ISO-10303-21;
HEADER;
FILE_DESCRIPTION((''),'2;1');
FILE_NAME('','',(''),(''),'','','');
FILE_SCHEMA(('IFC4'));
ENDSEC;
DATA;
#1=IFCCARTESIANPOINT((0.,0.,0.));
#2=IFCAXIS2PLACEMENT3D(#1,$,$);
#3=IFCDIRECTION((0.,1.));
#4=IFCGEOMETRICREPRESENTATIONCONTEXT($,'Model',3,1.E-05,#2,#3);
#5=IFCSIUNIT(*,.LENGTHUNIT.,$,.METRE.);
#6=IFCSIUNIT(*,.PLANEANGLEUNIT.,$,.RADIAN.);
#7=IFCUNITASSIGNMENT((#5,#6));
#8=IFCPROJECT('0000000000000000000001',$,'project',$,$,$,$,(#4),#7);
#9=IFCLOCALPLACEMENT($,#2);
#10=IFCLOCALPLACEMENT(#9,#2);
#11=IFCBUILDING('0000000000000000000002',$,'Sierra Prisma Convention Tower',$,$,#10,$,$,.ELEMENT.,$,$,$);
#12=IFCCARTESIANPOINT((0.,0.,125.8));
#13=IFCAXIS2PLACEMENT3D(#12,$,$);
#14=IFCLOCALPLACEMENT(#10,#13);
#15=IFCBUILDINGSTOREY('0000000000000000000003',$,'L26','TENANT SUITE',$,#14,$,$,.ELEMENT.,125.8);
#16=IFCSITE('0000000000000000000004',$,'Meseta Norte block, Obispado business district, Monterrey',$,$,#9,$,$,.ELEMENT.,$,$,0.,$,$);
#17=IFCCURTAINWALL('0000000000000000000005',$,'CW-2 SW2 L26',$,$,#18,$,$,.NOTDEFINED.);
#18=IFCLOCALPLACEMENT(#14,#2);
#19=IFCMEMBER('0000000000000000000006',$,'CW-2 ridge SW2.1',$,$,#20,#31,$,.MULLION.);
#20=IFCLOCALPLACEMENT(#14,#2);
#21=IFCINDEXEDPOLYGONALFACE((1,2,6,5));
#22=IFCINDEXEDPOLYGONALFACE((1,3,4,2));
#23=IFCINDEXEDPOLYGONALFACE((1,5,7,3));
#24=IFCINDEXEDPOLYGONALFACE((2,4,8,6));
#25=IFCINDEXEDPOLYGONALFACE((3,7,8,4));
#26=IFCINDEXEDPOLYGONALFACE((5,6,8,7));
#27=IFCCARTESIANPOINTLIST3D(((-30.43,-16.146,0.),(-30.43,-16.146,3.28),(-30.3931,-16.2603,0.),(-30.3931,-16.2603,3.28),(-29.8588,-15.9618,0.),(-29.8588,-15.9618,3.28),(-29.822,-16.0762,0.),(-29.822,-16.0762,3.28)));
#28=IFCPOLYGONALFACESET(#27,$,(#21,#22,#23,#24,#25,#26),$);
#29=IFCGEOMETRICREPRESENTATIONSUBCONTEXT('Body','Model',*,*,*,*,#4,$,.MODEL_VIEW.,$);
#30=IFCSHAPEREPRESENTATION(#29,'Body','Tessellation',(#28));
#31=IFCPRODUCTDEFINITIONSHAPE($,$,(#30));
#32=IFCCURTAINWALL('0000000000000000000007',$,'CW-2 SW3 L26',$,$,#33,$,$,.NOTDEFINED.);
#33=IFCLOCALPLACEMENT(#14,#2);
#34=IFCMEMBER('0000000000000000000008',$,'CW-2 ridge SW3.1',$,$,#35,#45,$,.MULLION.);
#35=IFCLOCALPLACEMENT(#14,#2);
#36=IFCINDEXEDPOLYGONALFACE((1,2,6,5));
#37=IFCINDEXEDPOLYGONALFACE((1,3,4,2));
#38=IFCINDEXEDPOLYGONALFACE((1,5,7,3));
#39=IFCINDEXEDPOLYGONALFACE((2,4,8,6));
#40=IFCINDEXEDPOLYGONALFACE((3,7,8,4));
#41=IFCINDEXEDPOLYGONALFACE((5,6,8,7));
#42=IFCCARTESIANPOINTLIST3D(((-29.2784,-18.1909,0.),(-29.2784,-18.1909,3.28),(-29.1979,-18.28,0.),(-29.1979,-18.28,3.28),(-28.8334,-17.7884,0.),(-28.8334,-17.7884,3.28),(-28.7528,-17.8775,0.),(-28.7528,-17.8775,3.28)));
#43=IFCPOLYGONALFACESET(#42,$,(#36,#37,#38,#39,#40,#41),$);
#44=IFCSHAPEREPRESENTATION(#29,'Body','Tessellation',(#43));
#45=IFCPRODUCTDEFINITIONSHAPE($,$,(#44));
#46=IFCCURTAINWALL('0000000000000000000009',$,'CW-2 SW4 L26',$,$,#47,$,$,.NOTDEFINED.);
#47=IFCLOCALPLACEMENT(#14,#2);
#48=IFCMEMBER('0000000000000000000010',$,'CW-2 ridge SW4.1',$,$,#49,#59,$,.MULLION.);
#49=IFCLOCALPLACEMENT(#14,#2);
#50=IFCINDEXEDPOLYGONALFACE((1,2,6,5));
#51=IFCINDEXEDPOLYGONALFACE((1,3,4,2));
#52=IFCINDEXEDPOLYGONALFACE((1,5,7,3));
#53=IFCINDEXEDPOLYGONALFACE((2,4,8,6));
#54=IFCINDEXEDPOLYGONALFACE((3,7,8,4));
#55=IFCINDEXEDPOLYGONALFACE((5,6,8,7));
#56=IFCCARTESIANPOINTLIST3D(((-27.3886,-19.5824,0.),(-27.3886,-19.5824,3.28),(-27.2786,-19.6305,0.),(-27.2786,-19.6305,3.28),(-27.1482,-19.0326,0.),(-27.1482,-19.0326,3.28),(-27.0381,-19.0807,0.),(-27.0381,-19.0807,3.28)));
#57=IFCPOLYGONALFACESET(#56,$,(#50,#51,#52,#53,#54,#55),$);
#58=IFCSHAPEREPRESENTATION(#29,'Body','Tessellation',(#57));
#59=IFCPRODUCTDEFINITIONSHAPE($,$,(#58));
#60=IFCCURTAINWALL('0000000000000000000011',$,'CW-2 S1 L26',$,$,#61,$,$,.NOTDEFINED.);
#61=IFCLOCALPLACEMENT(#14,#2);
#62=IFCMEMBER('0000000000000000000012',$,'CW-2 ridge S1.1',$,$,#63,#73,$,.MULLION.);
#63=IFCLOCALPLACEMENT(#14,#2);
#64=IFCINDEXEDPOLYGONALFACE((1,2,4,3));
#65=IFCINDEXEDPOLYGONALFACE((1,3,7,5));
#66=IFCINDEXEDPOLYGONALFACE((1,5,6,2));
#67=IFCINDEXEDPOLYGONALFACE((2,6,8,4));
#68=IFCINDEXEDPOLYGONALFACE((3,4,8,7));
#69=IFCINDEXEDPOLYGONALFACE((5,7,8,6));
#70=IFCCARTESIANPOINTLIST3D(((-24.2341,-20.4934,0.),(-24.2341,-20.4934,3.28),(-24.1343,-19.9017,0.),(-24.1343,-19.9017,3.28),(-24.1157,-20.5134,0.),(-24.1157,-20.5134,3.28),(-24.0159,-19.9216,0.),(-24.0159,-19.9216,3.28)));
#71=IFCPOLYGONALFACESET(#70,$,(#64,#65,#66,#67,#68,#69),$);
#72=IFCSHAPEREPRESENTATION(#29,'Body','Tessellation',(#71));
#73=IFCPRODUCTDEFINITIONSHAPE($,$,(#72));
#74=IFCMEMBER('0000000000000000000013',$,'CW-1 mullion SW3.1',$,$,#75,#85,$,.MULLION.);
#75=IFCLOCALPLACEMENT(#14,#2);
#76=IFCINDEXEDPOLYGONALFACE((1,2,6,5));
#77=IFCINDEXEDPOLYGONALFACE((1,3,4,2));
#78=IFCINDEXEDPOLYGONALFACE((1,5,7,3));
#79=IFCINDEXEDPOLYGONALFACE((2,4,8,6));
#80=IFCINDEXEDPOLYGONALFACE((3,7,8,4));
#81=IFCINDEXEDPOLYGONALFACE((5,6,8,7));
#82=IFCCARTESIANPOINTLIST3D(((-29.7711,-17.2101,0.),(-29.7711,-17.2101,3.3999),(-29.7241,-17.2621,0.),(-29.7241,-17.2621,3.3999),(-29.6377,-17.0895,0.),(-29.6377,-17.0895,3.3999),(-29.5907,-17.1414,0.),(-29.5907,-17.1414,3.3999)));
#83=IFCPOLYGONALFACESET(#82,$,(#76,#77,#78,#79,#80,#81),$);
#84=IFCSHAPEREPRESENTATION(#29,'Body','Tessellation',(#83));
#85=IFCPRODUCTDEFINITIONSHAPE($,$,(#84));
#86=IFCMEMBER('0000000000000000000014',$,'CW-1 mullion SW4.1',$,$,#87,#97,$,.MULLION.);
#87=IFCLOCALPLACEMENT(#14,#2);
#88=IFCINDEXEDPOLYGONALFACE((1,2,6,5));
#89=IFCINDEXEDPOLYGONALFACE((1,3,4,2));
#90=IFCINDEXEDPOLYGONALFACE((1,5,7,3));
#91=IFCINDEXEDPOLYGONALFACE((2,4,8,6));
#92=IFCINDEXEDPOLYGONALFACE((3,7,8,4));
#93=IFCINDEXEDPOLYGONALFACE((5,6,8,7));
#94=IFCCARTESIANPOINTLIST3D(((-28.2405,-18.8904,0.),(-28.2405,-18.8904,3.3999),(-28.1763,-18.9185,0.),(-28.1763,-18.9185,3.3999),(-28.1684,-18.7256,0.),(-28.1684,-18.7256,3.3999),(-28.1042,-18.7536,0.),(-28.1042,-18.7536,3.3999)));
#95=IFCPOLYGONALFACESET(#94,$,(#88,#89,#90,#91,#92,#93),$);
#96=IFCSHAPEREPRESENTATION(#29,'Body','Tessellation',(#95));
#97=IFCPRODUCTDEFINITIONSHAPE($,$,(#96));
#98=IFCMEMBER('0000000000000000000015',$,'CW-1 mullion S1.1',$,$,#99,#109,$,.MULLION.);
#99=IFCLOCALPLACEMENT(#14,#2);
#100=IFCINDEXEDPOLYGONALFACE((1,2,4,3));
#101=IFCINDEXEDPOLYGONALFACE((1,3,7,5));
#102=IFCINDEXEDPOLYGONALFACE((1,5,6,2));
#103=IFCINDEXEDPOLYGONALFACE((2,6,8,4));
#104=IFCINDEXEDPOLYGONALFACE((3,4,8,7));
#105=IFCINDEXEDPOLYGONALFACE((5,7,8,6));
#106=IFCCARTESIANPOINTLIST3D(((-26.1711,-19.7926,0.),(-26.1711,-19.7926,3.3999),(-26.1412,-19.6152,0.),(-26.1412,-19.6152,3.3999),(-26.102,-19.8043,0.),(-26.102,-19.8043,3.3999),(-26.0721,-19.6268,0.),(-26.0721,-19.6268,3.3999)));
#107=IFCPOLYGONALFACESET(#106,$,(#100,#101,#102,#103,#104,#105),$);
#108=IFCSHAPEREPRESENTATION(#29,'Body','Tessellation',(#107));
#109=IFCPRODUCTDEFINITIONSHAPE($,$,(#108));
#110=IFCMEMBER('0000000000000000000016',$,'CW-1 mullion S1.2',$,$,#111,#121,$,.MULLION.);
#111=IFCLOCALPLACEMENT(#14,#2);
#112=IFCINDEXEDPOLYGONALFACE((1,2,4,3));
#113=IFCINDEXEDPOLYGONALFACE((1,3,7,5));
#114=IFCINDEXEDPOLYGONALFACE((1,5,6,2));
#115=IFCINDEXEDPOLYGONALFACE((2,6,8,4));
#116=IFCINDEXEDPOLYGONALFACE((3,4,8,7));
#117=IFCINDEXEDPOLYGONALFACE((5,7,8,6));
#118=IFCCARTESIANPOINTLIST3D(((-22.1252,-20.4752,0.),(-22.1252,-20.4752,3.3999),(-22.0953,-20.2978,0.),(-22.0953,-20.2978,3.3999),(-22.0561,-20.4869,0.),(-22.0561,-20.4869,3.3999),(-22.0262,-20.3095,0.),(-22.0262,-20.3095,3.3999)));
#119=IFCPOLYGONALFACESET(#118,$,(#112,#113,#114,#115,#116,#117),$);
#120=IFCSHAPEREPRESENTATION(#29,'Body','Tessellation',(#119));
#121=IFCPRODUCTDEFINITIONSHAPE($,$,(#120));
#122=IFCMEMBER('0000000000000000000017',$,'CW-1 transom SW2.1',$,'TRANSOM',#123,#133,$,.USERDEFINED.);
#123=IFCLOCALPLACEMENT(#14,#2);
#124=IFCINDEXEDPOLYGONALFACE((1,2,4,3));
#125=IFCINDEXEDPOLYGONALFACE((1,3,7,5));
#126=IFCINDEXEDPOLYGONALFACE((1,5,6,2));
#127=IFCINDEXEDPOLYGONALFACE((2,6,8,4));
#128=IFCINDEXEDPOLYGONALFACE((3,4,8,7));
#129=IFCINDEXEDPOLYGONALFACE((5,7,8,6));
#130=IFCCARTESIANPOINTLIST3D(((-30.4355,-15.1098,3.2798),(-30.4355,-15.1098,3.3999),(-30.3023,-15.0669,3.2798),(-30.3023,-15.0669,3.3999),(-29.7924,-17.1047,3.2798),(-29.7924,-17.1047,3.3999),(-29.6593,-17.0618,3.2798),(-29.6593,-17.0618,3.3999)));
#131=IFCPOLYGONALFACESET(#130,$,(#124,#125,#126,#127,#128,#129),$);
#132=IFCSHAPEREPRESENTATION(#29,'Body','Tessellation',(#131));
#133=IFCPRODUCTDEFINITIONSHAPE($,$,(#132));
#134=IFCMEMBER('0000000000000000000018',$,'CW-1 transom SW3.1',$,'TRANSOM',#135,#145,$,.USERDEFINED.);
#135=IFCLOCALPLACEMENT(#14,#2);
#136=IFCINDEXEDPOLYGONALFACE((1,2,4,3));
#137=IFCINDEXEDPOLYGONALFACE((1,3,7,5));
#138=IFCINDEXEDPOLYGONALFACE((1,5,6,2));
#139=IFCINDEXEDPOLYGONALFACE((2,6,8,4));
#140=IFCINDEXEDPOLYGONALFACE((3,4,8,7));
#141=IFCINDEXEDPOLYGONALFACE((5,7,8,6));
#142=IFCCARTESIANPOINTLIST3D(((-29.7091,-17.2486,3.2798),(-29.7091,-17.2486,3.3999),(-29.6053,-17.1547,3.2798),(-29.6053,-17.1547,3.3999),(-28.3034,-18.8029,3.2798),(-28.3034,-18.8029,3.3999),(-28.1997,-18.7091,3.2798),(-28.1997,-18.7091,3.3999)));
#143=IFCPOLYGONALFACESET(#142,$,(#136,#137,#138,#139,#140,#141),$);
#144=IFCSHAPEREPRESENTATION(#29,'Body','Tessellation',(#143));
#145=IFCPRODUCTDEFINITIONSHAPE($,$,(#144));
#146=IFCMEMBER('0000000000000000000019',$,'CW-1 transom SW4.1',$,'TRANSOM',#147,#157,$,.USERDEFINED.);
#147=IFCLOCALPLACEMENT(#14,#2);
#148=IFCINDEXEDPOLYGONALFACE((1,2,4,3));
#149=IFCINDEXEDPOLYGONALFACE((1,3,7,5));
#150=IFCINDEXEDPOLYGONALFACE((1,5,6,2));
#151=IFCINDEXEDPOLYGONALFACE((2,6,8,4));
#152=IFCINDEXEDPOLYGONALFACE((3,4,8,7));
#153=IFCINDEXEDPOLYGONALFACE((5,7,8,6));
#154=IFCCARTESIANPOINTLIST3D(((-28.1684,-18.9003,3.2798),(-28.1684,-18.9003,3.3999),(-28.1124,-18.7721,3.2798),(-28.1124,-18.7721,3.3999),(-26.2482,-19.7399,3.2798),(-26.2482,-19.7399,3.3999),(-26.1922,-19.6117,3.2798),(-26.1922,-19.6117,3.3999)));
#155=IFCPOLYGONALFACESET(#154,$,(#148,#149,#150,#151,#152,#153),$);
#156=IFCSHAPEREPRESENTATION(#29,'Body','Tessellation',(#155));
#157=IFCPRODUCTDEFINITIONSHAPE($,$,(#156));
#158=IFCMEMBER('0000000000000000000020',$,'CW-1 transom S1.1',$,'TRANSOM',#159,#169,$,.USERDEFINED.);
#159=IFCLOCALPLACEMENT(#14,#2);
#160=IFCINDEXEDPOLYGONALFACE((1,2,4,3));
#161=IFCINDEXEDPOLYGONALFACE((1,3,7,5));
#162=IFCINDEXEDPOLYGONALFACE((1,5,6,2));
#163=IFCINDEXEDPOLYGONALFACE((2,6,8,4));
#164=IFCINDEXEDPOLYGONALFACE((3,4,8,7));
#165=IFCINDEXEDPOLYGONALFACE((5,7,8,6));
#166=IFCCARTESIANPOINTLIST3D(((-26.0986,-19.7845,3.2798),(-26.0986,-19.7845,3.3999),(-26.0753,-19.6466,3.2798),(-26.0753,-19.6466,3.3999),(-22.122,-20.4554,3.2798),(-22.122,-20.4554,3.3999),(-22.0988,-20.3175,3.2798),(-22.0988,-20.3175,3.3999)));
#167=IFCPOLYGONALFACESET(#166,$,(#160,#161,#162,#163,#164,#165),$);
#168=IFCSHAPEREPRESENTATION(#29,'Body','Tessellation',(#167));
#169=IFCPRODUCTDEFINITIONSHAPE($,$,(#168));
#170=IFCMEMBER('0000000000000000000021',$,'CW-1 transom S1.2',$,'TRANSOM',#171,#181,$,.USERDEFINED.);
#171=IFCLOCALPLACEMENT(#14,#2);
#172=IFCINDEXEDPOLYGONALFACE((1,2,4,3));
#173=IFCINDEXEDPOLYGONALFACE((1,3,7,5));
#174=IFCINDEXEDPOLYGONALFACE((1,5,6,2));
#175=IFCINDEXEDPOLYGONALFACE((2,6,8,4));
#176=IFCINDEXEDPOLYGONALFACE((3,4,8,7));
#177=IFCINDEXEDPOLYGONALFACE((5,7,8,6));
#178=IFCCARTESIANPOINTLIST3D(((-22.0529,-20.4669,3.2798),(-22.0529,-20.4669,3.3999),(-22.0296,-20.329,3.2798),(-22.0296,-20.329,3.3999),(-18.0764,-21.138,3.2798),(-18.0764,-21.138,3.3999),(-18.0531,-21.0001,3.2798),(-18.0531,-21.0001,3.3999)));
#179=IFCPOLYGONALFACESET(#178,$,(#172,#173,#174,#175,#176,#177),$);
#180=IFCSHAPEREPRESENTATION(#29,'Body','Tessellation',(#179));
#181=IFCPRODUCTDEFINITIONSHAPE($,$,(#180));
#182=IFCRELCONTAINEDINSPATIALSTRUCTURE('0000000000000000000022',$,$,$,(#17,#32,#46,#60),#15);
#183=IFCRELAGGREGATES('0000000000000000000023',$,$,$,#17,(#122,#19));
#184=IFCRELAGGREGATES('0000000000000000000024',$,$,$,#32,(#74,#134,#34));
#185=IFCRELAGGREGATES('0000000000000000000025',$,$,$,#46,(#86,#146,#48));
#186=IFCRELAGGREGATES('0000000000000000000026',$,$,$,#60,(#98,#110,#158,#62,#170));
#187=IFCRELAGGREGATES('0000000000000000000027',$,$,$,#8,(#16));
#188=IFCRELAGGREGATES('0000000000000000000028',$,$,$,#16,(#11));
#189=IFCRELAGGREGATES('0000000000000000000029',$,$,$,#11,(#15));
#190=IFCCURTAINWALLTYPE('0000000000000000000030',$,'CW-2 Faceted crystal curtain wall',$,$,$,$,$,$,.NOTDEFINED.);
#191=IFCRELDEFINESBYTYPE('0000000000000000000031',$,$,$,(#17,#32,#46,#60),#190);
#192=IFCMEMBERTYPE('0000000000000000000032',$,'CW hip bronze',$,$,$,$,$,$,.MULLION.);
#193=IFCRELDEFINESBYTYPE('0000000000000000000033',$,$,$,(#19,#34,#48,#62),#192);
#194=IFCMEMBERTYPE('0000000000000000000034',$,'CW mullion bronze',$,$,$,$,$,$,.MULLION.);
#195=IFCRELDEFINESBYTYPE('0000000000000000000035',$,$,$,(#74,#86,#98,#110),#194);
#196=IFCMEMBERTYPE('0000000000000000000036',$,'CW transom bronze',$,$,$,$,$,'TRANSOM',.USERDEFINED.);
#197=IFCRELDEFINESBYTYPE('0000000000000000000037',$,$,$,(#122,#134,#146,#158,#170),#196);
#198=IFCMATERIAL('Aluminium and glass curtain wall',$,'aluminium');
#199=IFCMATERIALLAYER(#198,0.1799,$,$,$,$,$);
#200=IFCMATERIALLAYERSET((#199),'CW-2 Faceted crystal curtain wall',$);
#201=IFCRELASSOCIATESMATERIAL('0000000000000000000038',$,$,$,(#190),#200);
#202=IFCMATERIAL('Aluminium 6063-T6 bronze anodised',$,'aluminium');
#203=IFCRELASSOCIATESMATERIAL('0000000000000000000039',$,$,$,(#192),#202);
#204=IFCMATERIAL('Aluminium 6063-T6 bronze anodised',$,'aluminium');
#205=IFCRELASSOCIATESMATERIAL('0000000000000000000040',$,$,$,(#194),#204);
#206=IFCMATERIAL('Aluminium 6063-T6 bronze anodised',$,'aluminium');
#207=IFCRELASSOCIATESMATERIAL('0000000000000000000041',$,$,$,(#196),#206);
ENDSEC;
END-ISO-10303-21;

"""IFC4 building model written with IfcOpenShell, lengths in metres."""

from ifc_helpers import new_model, si_unit, direction, frame, origin, origin_2d, place, context, subcontext, project, spatial, rectangle, extrude, material, layer, layer_set, material_profile, profile_set, type_object, element, aggregate, save


model = new_model("IFC4")

# Units and contexts
model_context = context("Model", 3, precision=1e-05, world=origin(), true_north=direction((0.0, 1.0)))
body_context = subcontext(model_context, "Body", "Model", "MODEL_VIEW")
ifc_project = project(units=[si_unit("LENGTHUNIT", "METRE"), si_unit("PLANEANGLEUNIT", "RADIAN")], contexts=[model_context])

# Site, building, storey
site_placement = place(None, origin())
site = spatial("IfcSite", under=ifc_project, at=site_placement, Name="Meseta Norte block, Obispado business district, Monterrey", CompositionType="ELEMENT", RefElevation=0.0)
building_placement = place(site_placement, origin())
building = spatial("IfcBuilding", under=site, at=building_placement, Name="Sierra Prisma Convention Tower", CompositionType="ELEMENT")
storey_placement = place(building_placement, frame((0.0, 0.0, 125.8)))
storey = spatial("IfcBuildingStorey", under=building, at=storey_placement, Name="L26", Description="TENANT SUITE", CompositionType="ELEMENT", Elevation=125.8)

# Curtain walls, members
ifc_material_1 = material(Name="Aluminium and glass curtain wall", Category="aluminium")
ifc_layer_1 = layer(ifc_material_1, 0.1799)
ifc_layer_set_1 = layer_set([ifc_layer_1], Name="CW-2 Faceted crystal curtain wall")
curtain_wall_type = type_object("IfcCurtainWallType", Name="CW-2 Faceted crystal curtain wall", PredefinedType="NOTDEFINED", material=ifc_layer_set_1)
curtain_wall_1_placement = place(storey_placement, origin())
curtain_wall_1 = element("IfcCurtainWall", 1, at=curtain_wall_1_placement, inside=storey, type_object=curtain_wall_type, Name="CW-2 SW2 L26", PredefinedType="NOTDEFINED")
ifc_material_2 = material(Name="Aluminium 6063-T6 bronze anodised", Category="aluminium")
ifc_material_profile_1 = material_profile(ifc_material_2, rectangle(XDim=0.1201, YDim=0.6001, at=origin_2d()), Name="ALU RIDGE BLADE 120x600")
ifc_profile_set_1 = profile_set([ifc_material_profile_1], Name="Aluminium 6063-T6 bronze anodised")
member_type_1 = type_object("IfcMemberType", Name="CW hip bronze", PredefinedType="MULLION", material=ifc_profile_set_1)
member_1_placement = place(storey_placement, frame((-30.126, -16.1111, 0.0), z_axis=(0.0, 0.0, 1.0), x_axis=(0.306908, -0.951739, 0.0)))
member_1 = element("IfcMember", 2, at=member_1_placement, type_object=member_type_1, Name="CW-2 ridge SW2.1", PredefinedType="MULLION", context=body_context, shape_type="SweptSolid", body=[
    extrude(rectangle(XDim=0.1201, YDim=0.6001, at=origin_2d()), origin(), (0.0, 0.0, 1.0), 3.28),
])
curtain_wall_2_placement = place(storey_placement, origin())
curtain_wall_2 = element("IfcCurtainWall", 3, at=curtain_wall_2_placement, inside=storey, type_object=curtain_wall_type, Name="CW-2 SW3 L26", PredefinedType="NOTDEFINED")
member_2_placement = place(storey_placement, frame((-29.0156, -18.0342, 0.0), z_axis=(0.0, 0.0, 1.0), x_axis=(0.670777, -0.74166, 0.0)))
member_2 = element("IfcMember", 4, at=member_2_placement, type_object=member_type_1, Name="CW-2 ridge SW3.1", PredefinedType="MULLION", context=body_context, shape_type="SweptSolid", body=[
    extrude(rectangle(XDim=0.1201, YDim=0.6001, at=origin_2d()), origin(), (0.0, 0.0, 1.0), 3.28),
])
curtain_wall_3_placement = place(storey_placement, origin())
curtain_wall_3 = element("IfcCurtainWall", 5, at=curtain_wall_3_placement, inside=storey, type_object=curtain_wall_type, Name="CW-2 SW4 L26", PredefinedType="NOTDEFINED")
member_3_placement = place(storey_placement, frame((-27.2134, -19.3315, 0.0), z_axis=(0.0, 0.0, 1.0), x_axis=(0.91623, -0.400652, 0.0)))
member_3 = element("IfcMember", 6, at=member_3_placement, type_object=member_type_1, Name="CW-2 ridge SW4.1", PredefinedType="MULLION", context=body_context, shape_type="SweptSolid", body=[
    extrude(rectangle(XDim=0.1201, YDim=0.6001, at=origin_2d()), origin(), (0.0, 0.0, 1.0), 3.28),
])
curtain_wall_4_placement = place(storey_placement, origin())
curtain_wall_4 = element("IfcCurtainWall", 7, at=curtain_wall_4_placement, inside=storey, type_object=curtain_wall_type, Name="CW-2 S1 L26", PredefinedType="NOTDEFINED")
member_4_placement = place(storey_placement, frame((-24.125, -20.2075, 0.0), z_axis=(0.0, 0.0, 1.0), x_axis=(0.986064, -0.166366, 0.0)))
member_4 = element("IfcMember", 8, at=member_4_placement, type_object=member_type_1, Name="CW-2 ridge S1.1", PredefinedType="MULLION", context=body_context, shape_type="SweptSolid", body=[
    extrude(rectangle(XDim=0.1201, YDim=0.6001, at=origin_2d()), origin(), (0.0, 0.0, 1.0), 3.28),
])

# Members
ifc_material_3 = material(Name="Aluminium 6063-T6 bronze anodised", Category="aluminium")
ifc_material_profile_2 = material_profile(ifc_material_3, rectangle(XDim=0.1799, YDim=0.0701, at=origin_2d()), Name="ALU MULLION 70x180")
ifc_profile_set_2 = profile_set([ifc_material_profile_2], Name="Aluminium 6063-T6 bronze anodised")
member_type_2 = type_object("IfcMemberType", Name="CW mullion bronze", PredefinedType="MULLION", material=ifc_profile_set_2)
member_5_placement = place(storey_placement, frame((-29.6809, -17.1758, 0.0), z_axis=(0.0, 0.0, 1.0), x_axis=(0.74166, 0.670777, 0.0)))
member_5 = element("IfcMember", 9, at=member_5_placement, type_object=member_type_2, Name="CW-1 mullion SW3.1", PredefinedType="MULLION", context=body_context, shape_type="SweptSolid", body=[
    extrude(rectangle(XDim=0.1799, YDim=0.0701, at=origin_2d()), origin(), (0.0, 0.0, 1.0), 3.3999),
])
member_6_placement = place(storey_placement, frame((-28.1724, -18.822, 0.0), z_axis=(0.0, 0.0, 1.0), x_axis=(0.400652, 0.91623, 0.0)))
member_6 = element("IfcMember", 10, at=member_6_placement, type_object=member_type_2, Name="CW-1 mullion SW4.1", PredefinedType="MULLION", context=body_context, shape_type="SweptSolid", body=[
    extrude(rectangle(XDim=0.1799, YDim=0.0701, at=origin_2d()), origin(), (0.0, 0.0, 1.0), 3.3999),
])
member_7_placement = place(storey_placement, frame((-26.1216, -19.7097, 0.0), z_axis=(0.0, 0.0, 1.0), x_axis=(0.166366, 0.986064, 0.0)))
member_7 = element("IfcMember", 11, at=member_7_placement, type_object=member_type_2, Name="CW-1 mullion S1.1", PredefinedType="MULLION", context=body_context, shape_type="SweptSolid", body=[
    extrude(rectangle(XDim=0.1799, YDim=0.0701, at=origin_2d()), origin(), (0.0, 0.0, 1.0), 3.3999),
])
member_8_placement = place(storey_placement, frame((-22.0757, -20.3923, 0.0), z_axis=(0.0, 0.0, 1.0), x_axis=(0.166366, 0.986064, 0.0)))
member_8 = element("IfcMember", 12, at=member_8_placement, type_object=member_type_2, Name="CW-1 mullion S1.2", PredefinedType="MULLION", context=body_context, shape_type="SweptSolid", body=[
    extrude(rectangle(XDim=0.1799, YDim=0.0701, at=origin_2d()), origin(), (0.0, 0.0, 1.0), 3.3999),
])
ifc_material_4 = material(Name="Aluminium 6063-T6 bronze anodised", Category="aluminium")
ifc_material_profile_3 = material_profile(ifc_material_4, rectangle(XDim=0.1399, YDim=0.1201, at=origin_2d()), Name="ALU TRANSOM 120x140")
ifc_profile_set_3 = profile_set([ifc_material_profile_3], Name="Aluminium 6063-T6 bronze anodised")
member_type_3 = type_object("IfcMemberType", Name="CW transom bronze", ElementType="TRANSOM", PredefinedType="USERDEFINED", material=ifc_profile_set_3)
member_9_placement = place(storey_placement, frame((-30.3689, -15.0884, 3.3398), z_axis=(0.306812, -0.95177, 0.0), x_axis=(0.95177, 0.306812, 0.0)))
member_9 = element("IfcMember", 13, at=member_9_placement, type_object=member_type_3, Name="CW-1 transom SW2.1", ObjectType="TRANSOM", PredefinedType="USERDEFINED", context=body_context, shape_type="SweptSolid", body=[
    extrude(rectangle(XDim=0.1399, YDim=0.1201, at=origin_2d()), origin(), (0.0, 0.0, 1.0), 2.0959),
])
member_10_placement = place(storey_placement, frame((-29.6572, -17.2017, 3.3398), z_axis=(0.670746, -0.741688, 0.0), x_axis=(0.741688, 0.670746, 0.0)))
member_10 = element("IfcMember", 14, at=member_10_placement, type_object=member_type_3, Name="CW-1 transom SW3.1", ObjectType="TRANSOM", PredefinedType="USERDEFINED", context=body_context, shape_type="SweptSolid", body=[
    extrude(rectangle(XDim=0.1399, YDim=0.1201, at=origin_2d()), origin(), (0.0, 0.0, 1.0), 2.0957),
])
member_11_placement = place(storey_placement, frame((-28.1404, -18.8362, 3.3398), z_axis=(0.91624, -0.400629, 0.0), x_axis=(0.400629, 0.91624, 0.0)))
member_11 = element("IfcMember", 15, at=member_11_placement, type_object=member_type_3, Name="CW-1 transom SW4.1", ObjectType="TRANSOM", PredefinedType="USERDEFINED", context=body_context, shape_type="SweptSolid", body=[
    extrude(rectangle(XDim=0.1399, YDim=0.1201, at=origin_2d()), origin(), (0.0, 0.0, 1.0), 2.0957),
])
member_12_placement = place(storey_placement, frame((-26.0869, -19.7156, 3.3398), z_axis=(0.986065, -0.166362, 0.0), x_axis=(0.166362, 0.986065, 0.0)))
member_12 = element("IfcMember", 16, at=member_12_placement, type_object=member_type_3, Name="CW-1 transom S1.1", ObjectType="TRANSOM", PredefinedType="USERDEFINED", context=body_context, shape_type="SweptSolid", body=[
    extrude(rectangle(XDim=0.1399, YDim=0.1201, at=origin_2d()), origin(), (0.0, 0.0, 1.0), 4.0327),
])
member_13_placement = place(storey_placement, frame((-22.0413, -20.3979, 3.3398), z_axis=(0.986055, -0.166421, 0.0), x_axis=(0.166421, 0.986055, 0.0)))
member_13 = element("IfcMember", 17, at=member_13_placement, type_object=member_type_3, Name="CW-1 transom S1.2", ObjectType="TRANSOM", PredefinedType="USERDEFINED", context=body_context, shape_type="SweptSolid", body=[
    extrude(rectangle(XDim=0.1399, YDim=0.1201, at=origin_2d()), origin(), (0.0, 0.0, 1.0), 4.0327),
])

aggregate(curtain_wall_1, [member_9, member_1])
aggregate(curtain_wall_2, [member_5, member_10, member_2])
aggregate(curtain_wall_3, [member_6, member_11, member_3])
aggregate(curtain_wall_4, [member_7, member_8, member_12, member_4, member_13])

save(model, "model.ifc")
